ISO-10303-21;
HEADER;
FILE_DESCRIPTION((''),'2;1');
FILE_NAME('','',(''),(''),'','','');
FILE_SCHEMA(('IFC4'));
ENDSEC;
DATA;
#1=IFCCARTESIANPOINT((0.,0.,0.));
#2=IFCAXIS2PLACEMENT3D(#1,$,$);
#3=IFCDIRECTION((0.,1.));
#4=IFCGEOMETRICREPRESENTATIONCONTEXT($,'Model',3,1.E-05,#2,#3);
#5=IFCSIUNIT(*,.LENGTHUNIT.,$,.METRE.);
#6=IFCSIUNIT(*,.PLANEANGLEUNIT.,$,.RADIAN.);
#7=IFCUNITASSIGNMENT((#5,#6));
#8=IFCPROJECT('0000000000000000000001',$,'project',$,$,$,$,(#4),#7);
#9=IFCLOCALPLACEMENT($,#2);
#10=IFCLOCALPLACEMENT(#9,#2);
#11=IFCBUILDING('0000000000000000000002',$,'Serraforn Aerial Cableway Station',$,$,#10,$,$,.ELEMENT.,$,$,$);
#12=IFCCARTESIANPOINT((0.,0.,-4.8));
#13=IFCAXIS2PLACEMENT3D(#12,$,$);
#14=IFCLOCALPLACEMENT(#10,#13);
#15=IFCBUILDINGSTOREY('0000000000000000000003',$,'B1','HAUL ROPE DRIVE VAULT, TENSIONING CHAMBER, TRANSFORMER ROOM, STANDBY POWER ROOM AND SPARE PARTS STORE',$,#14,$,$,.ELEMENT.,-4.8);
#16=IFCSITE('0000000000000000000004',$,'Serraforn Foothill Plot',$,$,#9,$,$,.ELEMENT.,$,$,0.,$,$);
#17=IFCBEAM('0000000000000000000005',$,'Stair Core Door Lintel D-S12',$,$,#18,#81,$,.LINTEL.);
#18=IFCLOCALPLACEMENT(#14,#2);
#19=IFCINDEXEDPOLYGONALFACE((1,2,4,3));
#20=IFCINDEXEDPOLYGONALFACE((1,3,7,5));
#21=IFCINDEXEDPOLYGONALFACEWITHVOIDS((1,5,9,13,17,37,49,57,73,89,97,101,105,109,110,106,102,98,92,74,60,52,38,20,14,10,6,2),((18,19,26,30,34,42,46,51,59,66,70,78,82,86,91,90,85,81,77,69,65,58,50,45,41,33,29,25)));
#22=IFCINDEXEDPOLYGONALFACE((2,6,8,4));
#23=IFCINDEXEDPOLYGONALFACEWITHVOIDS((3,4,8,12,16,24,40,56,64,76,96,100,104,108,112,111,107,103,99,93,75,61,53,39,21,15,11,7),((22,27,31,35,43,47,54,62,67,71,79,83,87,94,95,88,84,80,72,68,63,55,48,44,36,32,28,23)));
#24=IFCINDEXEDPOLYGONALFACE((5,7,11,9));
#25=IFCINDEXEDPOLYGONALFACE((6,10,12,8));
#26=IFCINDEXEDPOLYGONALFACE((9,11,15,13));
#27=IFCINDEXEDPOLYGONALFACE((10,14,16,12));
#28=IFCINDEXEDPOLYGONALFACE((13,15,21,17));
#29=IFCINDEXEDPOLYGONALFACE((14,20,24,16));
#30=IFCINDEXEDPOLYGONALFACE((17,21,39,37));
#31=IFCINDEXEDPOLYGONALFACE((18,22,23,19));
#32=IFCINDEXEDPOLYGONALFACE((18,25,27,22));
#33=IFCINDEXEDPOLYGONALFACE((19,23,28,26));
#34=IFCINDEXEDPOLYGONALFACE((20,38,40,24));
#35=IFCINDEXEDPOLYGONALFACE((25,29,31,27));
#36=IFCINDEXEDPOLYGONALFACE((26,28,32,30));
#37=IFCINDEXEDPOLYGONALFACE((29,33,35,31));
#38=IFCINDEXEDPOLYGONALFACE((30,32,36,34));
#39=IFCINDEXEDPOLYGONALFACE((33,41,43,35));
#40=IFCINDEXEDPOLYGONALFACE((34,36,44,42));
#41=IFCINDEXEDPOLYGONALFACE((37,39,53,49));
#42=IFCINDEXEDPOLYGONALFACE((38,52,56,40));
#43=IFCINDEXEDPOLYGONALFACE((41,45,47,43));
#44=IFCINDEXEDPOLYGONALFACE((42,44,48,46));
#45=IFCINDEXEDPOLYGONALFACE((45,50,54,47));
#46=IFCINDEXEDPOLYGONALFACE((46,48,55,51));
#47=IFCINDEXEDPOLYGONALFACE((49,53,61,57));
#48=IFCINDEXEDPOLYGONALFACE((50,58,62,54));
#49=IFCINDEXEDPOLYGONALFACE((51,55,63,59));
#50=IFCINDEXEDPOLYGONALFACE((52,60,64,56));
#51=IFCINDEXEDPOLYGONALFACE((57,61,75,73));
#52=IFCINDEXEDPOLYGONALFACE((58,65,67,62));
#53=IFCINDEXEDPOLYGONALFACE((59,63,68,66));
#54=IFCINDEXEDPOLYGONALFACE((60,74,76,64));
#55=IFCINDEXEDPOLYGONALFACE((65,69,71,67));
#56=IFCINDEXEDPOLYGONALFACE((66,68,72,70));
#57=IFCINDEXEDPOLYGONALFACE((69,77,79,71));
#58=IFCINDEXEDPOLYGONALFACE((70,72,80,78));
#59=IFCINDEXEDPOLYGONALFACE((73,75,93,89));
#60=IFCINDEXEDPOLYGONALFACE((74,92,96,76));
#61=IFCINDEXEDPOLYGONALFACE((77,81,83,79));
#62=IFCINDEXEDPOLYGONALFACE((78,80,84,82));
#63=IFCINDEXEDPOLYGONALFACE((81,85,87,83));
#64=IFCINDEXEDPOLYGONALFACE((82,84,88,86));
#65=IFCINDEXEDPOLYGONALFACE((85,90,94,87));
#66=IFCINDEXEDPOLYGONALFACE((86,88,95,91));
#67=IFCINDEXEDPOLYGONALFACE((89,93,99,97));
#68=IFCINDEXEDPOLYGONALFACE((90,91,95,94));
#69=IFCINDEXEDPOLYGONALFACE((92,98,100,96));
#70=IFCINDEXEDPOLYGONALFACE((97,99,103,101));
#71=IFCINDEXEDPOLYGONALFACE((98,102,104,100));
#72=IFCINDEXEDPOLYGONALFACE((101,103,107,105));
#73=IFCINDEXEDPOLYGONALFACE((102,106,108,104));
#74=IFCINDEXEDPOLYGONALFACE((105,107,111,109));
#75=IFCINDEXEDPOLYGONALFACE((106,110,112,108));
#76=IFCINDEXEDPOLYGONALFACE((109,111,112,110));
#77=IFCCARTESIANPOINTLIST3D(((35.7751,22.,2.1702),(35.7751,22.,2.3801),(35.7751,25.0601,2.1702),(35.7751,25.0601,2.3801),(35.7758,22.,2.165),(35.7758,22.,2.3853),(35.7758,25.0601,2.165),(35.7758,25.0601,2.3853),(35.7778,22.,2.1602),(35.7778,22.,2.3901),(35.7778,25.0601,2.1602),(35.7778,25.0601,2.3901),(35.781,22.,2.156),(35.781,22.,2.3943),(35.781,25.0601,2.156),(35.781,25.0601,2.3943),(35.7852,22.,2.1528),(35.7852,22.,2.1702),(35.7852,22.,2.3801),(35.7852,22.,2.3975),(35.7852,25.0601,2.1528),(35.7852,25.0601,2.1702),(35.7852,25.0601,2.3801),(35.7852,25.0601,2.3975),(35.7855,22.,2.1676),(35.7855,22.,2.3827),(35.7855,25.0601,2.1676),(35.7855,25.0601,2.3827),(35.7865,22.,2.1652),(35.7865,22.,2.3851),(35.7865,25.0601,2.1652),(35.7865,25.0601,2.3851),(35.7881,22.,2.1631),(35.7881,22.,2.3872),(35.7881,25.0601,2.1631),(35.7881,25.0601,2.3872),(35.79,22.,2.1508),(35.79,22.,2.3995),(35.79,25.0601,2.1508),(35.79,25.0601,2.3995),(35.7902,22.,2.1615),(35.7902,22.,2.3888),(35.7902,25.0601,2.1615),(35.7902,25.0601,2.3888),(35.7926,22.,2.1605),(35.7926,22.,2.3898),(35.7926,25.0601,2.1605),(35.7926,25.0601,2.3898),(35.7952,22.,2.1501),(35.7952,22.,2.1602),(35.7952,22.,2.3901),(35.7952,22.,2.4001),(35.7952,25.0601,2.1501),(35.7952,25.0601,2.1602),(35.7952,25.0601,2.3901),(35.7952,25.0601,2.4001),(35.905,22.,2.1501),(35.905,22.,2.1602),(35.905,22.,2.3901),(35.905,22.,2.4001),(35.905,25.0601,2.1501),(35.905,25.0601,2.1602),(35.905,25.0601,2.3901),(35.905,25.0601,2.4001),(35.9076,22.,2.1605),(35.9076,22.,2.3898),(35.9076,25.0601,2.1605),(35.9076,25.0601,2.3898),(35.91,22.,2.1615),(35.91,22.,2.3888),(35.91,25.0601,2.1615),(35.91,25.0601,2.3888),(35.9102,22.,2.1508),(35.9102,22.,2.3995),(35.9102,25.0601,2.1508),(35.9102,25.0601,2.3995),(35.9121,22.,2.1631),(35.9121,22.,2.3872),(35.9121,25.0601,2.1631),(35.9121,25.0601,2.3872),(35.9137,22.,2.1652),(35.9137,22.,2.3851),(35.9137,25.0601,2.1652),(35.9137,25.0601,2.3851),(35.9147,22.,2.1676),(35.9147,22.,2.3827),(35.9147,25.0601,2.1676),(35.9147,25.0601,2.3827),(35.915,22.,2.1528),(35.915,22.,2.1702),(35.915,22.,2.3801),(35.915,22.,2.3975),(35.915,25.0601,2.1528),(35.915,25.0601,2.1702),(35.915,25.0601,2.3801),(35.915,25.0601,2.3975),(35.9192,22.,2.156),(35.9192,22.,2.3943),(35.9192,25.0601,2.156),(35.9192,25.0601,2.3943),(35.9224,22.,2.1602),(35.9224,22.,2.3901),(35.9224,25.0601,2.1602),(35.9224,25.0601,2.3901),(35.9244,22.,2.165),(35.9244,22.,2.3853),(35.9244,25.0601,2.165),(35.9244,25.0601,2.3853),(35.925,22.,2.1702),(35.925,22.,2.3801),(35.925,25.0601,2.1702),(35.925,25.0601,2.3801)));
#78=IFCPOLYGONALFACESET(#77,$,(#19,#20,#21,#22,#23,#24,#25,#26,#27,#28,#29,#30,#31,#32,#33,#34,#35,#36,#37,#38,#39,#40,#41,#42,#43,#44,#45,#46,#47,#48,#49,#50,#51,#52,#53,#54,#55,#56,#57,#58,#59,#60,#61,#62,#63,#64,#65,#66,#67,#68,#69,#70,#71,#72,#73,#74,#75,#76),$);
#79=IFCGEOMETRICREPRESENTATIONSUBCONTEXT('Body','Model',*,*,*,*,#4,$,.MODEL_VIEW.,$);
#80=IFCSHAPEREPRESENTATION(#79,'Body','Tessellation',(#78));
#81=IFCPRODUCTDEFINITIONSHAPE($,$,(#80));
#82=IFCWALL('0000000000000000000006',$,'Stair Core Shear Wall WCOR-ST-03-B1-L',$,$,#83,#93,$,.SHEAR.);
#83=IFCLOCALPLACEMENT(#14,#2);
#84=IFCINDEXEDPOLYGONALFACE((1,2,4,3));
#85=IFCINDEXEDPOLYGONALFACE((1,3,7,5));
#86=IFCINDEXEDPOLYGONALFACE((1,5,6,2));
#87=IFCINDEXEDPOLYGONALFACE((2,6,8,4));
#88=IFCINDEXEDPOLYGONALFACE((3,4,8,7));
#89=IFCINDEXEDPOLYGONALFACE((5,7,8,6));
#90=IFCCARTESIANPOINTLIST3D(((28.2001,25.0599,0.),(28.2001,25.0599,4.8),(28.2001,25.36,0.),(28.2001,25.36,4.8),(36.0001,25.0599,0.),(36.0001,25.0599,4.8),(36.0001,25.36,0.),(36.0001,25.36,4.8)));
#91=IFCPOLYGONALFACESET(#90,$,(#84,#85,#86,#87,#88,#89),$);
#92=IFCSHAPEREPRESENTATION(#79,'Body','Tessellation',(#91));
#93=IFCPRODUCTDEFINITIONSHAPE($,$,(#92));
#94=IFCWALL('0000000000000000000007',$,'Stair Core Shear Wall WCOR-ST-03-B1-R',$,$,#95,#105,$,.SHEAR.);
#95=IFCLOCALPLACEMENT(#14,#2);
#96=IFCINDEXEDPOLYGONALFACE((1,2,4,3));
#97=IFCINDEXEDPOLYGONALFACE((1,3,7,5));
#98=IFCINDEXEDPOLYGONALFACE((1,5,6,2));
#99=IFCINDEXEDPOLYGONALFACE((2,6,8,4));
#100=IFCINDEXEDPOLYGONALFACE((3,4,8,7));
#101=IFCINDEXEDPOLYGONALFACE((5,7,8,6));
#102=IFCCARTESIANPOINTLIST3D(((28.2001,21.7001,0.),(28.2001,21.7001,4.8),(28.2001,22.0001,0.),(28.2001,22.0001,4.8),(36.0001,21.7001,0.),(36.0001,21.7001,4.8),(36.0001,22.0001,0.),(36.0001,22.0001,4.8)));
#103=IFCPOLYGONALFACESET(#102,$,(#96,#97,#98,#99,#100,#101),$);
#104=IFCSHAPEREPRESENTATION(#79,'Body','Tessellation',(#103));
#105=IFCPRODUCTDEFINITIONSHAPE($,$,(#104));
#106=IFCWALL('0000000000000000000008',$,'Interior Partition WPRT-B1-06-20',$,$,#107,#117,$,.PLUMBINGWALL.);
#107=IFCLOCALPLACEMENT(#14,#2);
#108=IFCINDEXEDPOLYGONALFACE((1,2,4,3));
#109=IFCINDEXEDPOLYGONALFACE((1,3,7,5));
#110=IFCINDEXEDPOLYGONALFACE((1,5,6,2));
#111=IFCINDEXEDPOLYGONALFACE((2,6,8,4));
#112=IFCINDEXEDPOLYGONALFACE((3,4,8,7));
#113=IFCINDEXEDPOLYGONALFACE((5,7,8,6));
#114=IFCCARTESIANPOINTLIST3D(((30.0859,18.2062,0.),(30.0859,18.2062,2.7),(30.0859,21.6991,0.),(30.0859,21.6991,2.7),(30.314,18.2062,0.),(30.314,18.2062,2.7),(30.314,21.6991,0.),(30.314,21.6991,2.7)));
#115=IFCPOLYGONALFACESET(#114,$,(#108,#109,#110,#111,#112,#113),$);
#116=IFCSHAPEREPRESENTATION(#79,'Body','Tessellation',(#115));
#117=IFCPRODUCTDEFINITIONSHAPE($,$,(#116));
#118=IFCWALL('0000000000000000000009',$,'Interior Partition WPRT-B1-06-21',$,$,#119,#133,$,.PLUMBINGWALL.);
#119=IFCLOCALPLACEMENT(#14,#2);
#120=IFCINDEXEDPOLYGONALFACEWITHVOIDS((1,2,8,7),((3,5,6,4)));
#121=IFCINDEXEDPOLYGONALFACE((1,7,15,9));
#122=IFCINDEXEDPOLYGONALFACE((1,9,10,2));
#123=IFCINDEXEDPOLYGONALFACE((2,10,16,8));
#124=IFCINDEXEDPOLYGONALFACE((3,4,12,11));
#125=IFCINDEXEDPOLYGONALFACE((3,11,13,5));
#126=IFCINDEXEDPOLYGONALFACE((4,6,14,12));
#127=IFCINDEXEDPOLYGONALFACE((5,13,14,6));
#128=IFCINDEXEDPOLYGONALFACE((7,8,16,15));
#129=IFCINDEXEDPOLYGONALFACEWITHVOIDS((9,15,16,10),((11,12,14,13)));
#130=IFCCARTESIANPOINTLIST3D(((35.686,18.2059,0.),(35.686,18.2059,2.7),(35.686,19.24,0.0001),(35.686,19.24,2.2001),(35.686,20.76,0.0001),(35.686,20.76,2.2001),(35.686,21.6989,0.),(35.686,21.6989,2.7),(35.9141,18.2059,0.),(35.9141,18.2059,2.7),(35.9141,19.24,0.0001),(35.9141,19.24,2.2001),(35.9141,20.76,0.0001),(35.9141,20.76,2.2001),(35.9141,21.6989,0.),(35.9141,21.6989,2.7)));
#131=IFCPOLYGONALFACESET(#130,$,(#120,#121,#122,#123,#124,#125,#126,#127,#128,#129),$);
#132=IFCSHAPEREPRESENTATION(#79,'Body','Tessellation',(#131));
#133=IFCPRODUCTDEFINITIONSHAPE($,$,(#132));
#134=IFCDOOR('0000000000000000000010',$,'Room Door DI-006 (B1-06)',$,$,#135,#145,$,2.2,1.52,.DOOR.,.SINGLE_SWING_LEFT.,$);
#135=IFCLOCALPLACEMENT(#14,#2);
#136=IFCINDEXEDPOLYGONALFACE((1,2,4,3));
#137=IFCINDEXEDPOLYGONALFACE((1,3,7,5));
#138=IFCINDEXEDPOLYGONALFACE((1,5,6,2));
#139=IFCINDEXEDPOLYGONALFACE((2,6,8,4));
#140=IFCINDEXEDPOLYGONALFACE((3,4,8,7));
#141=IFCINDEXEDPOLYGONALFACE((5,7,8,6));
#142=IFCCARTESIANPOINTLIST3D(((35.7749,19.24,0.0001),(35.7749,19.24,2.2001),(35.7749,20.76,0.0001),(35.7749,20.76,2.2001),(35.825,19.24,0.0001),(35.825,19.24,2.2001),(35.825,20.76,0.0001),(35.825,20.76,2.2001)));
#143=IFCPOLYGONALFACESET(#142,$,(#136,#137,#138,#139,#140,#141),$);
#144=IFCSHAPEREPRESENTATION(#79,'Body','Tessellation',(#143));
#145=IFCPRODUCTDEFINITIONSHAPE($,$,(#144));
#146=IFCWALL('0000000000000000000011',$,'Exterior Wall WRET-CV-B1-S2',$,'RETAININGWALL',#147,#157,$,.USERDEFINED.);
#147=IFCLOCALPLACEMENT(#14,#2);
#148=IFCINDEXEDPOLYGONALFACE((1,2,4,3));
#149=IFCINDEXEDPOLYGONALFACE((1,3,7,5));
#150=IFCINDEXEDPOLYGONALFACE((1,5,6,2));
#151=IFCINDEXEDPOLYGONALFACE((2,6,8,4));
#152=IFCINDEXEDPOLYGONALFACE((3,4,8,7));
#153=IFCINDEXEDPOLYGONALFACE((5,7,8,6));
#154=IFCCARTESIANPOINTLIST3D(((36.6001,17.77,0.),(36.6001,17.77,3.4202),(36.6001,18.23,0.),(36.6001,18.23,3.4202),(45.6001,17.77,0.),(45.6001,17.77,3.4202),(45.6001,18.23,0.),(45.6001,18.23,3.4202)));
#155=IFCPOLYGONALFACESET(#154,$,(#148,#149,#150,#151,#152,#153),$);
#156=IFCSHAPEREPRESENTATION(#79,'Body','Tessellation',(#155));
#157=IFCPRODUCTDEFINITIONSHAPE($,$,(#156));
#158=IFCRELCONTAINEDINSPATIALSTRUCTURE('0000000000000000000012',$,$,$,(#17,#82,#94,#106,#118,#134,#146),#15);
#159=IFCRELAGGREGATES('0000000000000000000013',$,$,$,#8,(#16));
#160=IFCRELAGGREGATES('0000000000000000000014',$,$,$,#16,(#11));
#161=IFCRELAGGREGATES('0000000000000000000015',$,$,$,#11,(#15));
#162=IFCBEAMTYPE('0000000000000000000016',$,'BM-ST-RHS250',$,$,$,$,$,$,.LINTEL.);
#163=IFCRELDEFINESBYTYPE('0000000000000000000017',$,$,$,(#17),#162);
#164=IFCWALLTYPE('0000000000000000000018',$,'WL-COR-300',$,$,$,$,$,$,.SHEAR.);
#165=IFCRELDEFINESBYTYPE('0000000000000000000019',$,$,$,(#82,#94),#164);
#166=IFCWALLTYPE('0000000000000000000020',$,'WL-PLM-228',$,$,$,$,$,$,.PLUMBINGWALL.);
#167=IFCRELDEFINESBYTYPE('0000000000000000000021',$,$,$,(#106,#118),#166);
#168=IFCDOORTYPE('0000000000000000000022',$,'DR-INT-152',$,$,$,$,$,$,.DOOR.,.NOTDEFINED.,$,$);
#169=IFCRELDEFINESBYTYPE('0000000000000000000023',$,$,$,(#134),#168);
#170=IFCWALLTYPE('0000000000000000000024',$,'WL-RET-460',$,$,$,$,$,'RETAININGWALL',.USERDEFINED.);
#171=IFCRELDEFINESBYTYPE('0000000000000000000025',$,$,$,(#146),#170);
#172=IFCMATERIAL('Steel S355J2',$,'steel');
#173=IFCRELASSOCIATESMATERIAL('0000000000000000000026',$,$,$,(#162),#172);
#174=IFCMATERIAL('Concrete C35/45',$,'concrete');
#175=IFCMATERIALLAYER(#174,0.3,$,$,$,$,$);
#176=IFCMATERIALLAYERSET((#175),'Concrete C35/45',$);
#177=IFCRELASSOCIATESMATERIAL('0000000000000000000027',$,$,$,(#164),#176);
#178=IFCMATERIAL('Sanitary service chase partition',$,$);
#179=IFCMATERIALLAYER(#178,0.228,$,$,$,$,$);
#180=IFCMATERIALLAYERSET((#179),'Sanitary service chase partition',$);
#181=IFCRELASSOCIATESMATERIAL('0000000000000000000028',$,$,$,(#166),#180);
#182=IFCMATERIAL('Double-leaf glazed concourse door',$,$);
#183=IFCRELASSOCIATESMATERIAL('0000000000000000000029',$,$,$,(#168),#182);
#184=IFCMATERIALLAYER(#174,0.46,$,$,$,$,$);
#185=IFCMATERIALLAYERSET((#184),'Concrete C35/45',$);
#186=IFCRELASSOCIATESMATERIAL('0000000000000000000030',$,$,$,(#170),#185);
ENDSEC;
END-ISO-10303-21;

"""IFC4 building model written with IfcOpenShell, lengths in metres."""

from ifc_helpers import new_model, si_unit, direction, frame, frame_2d, origin, origin_2d, place, context, subcontext, project, spatial, rectangle, hollow_rectangle, extrude, material, layer, layer_set, material_profile, profile_set, type_object, element, fill, save


model = new_model("IFC4")

# Units and contexts
model_context = context("Model", 3, precision=1e-05, world=origin(), true_north=direction((0.0, 1.0)))
body_context = subcontext(model_context, "Body", "Model", "MODEL_VIEW")
ifc_project = project(units=[si_unit("LENGTHUNIT", "METRE"), si_unit("PLANEANGLEUNIT", "RADIAN")], contexts=[model_context])

# Site, building, storey
site_placement = place(None, origin())
site = spatial("IfcSite", under=ifc_project, at=site_placement, Name="Serraforn Foothill Plot", CompositionType="ELEMENT", RefElevation=0.0)
building_placement = place(site_placement, origin())
building = spatial("IfcBuilding", under=site, at=building_placement, Name="Serraforn Aerial Cableway Station", CompositionType="ELEMENT")
storey_placement = place(building_placement, frame((0.0, 0.0, -4.8)))
storey = spatial("IfcBuildingStorey", under=building, at=storey_placement, Name="B1", Description="HAUL ROPE DRIVE VAULT, TENSIONING CHAMBER, TRANSFORMER ROOM, STANDBY POWER ROOM AND SPARE PARTS STORE", CompositionType="ELEMENT", Elevation=-4.8)

# Shared definitions
ifc_material_1 = material(Name="Concrete C35/45", Category="concrete")

# Beam
ifc_material_2 = material(Name="Steel S355J2", Category="steel")
ifc_material_profile_1 = material_profile(ifc_material_2, hollow_rectangle(XDim=0.1499, YDim=0.25, WallThickness=0.01, InnerFilletRadius=0.01, OuterFilletRadius=0.02, at=origin_2d()), Name="RHS 250x150x10.0")
ifc_profile_set_1 = profile_set([ifc_material_profile_1], Name="Steel S355J2")
beam_type = type_object("IfcBeamType", Name="BM-ST-RHS250", PredefinedType="LINTEL", material=ifc_profile_set_1)
beam_placement = place(storey_placement, frame((35.8501, 25.0601, 2.2751), z_axis=(0.0, -1.0, 0.0), x_axis=(1.0, 0.0, 0.0)))
element("IfcBeam", 1, at=beam_placement, inside=storey, type_object=beam_type, Name="Stair Core Door Lintel D-S12", PredefinedType="LINTEL", context=body_context, shape_type="SweptSolid", body=[
    extrude(hollow_rectangle(XDim=0.1499, YDim=0.25, WallThickness=0.01, InnerFilletRadius=0.01, OuterFilletRadius=0.02, at=origin_2d()), origin(), (0.0, 0.0, 1.0), 3.0601),
])

# Shared definitions
ifc_layer_1 = layer(ifc_material_1, 0.3)
ifc_layer_set_1 = layer_set([ifc_layer_1], Name="Concrete C35/45")
wall_type_1 = type_object("IfcWallType", Name="WL-COR-300", PredefinedType="SHEAR", material=ifc_layer_set_1)

# Walls
for number, where, z_axis, x_axis, name in (
    (2, (36.0, 25.21, 0.0), (0.0, 0.0, 1.0), (-1.0, 0.0, 0.0), "Stair Core Shear Wall WCOR-ST-03-B1-L"),
    (3, (36.0, 21.8501, 0.0), (0.0, 0.0, 1.0), (-1.0, 0.0, 0.0), "Stair Core Shear Wall WCOR-ST-03-B1-R"),
):
    element("IfcWall", number, at=place(storey_placement, frame(where, z_axis=z_axis, x_axis=x_axis)), inside=storey, type_object=wall_type_1, Name=name, PredefinedType="SHEAR", context=body_context, shape_type="SweptSolid", body=[
        extrude(rectangle(XDim=7.8, YDim=0.3, at=frame_2d((3.8999, 0.0))), origin(), (0.0, 0.0, 1.0), 4.8),
    ])
ifc_material_3 = material(Name="Sanitary service chase partition")
ifc_layer_2 = layer(ifc_material_3, 0.228)
ifc_layer_set_2 = layer_set([ifc_layer_2], Name="Sanitary service chase partition")
wall_type_2 = type_object("IfcWallType", Name="WL-PLM-228", PredefinedType="PLUMBINGWALL", material=ifc_layer_set_2)
wall_1_placement = place(storey_placement, frame((30.2, 18.2061, 0.0), z_axis=(0.0, 0.0, 1.0), x_axis=(0.0, 1.0, 0.0)))
element("IfcWall", 4, at=wall_1_placement, inside=storey, type_object=wall_type_2, Name="Interior Partition WPRT-B1-06-20", PredefinedType="PLUMBINGWALL", context=body_context, shape_type="SweptSolid", body=[
    extrude(rectangle(XDim=3.4929, YDim=0.228, at=frame_2d((1.7466, 0.0))), origin(), (0.0, 0.0, 1.0), 2.7),
])

# Wall, opening, door
wall_2_placement = place(storey_placement, frame((35.8, 21.699, 0.0), z_axis=(0.0, 0.0, 1.0), x_axis=(0.0, -1.0, 0.0)))
wall_2 = element("IfcWall", 5, at=wall_2_placement, inside=storey, type_object=wall_type_2, Name="Interior Partition WPRT-B1-06-21", PredefinedType="PLUMBINGWALL", context=body_context, shape_type="SweptSolid", body=[
    extrude(rectangle(XDim=3.4929, YDim=0.228, at=frame_2d((1.7466, 0.0))), origin(), (0.0, 0.0, 1.0), 2.7),
])
opening_1_placement = place(wall_2_placement, frame((0.939, 0.0, 0.0)))
opening_1 = element("IfcOpeningElement", 6, at=opening_1_placement, cuts=wall_2, PredefinedType="OPENING", context=body_context, shape_type="SweptSolid", body=[
    extrude(rectangle(XDim=1.52, YDim=2.2, at=frame_2d((0.76, 1.1001))), frame((0.0, 0.124, 0.0), z_axis=(0.0, -1.0, 0.0), x_axis=(1.0, 0.0, 0.0)), (0.0, 0.0, 1.0), 0.248),
])
ifc_material_4 = material(Name="Double-leaf glazed concourse door")
door_type_1 = type_object("IfcDoorType", Name="DR-INT-152", OperationType="NOTDEFINED", PredefinedType="DOOR", material=ifc_material_4)
door_1_placement = place(opening_1_placement, origin())
door_1 = element("IfcDoor", 7, at=door_1_placement, inside=storey, type_object=door_type_1, Name="Room Door DI-006 (B1-06)", OperationType="SINGLE_SWING_LEFT", OverallHeight=2.2, OverallWidth=1.52, PredefinedType="DOOR", context=body_context, shape_type="SweptSolid", body=[
    extrude(rectangle(XDim=1.52, YDim=2.2, at=frame_2d((0.76, 1.1001))), frame((0.0, 0.0249, 0.0), z_axis=(0.0, -1.0, 0.0), x_axis=(1.0, 0.0, 0.0)), (0.0, 0.0, 1.0), 0.05),
])
fill(opening_1, door_1)

# Wall
ifc_layer_3 = layer(ifc_material_1, 0.46)
ifc_layer_set_3 = layer_set([ifc_layer_3], Name="Concrete C35/45")
wall_type_3 = type_object("IfcWallType", Name="WL-RET-460", ElementType="RETAININGWALL", PredefinedType="USERDEFINED", material=ifc_layer_set_3)
wall_3_placement = place(storey_placement, frame((36.6001, 18.0, 0.0), z_axis=(0.0, 0.0, 1.0), x_axis=(1.0, 0.0, 0.0)))
element("IfcWall", 8, at=wall_3_placement, inside=storey, type_object=wall_type_3, Name="Exterior Wall WRET-CV-B1-S2", ObjectType="RETAININGWALL", PredefinedType="USERDEFINED", context=body_context, shape_type="SweptSolid", body=[
    extrude(rectangle(XDim=9.0, YDim=0.46, at=frame_2d((4.5, 0.0))), origin(), (0.0, 0.0, 1.0), 3.4202),
])

save(model, "model.ifc")
